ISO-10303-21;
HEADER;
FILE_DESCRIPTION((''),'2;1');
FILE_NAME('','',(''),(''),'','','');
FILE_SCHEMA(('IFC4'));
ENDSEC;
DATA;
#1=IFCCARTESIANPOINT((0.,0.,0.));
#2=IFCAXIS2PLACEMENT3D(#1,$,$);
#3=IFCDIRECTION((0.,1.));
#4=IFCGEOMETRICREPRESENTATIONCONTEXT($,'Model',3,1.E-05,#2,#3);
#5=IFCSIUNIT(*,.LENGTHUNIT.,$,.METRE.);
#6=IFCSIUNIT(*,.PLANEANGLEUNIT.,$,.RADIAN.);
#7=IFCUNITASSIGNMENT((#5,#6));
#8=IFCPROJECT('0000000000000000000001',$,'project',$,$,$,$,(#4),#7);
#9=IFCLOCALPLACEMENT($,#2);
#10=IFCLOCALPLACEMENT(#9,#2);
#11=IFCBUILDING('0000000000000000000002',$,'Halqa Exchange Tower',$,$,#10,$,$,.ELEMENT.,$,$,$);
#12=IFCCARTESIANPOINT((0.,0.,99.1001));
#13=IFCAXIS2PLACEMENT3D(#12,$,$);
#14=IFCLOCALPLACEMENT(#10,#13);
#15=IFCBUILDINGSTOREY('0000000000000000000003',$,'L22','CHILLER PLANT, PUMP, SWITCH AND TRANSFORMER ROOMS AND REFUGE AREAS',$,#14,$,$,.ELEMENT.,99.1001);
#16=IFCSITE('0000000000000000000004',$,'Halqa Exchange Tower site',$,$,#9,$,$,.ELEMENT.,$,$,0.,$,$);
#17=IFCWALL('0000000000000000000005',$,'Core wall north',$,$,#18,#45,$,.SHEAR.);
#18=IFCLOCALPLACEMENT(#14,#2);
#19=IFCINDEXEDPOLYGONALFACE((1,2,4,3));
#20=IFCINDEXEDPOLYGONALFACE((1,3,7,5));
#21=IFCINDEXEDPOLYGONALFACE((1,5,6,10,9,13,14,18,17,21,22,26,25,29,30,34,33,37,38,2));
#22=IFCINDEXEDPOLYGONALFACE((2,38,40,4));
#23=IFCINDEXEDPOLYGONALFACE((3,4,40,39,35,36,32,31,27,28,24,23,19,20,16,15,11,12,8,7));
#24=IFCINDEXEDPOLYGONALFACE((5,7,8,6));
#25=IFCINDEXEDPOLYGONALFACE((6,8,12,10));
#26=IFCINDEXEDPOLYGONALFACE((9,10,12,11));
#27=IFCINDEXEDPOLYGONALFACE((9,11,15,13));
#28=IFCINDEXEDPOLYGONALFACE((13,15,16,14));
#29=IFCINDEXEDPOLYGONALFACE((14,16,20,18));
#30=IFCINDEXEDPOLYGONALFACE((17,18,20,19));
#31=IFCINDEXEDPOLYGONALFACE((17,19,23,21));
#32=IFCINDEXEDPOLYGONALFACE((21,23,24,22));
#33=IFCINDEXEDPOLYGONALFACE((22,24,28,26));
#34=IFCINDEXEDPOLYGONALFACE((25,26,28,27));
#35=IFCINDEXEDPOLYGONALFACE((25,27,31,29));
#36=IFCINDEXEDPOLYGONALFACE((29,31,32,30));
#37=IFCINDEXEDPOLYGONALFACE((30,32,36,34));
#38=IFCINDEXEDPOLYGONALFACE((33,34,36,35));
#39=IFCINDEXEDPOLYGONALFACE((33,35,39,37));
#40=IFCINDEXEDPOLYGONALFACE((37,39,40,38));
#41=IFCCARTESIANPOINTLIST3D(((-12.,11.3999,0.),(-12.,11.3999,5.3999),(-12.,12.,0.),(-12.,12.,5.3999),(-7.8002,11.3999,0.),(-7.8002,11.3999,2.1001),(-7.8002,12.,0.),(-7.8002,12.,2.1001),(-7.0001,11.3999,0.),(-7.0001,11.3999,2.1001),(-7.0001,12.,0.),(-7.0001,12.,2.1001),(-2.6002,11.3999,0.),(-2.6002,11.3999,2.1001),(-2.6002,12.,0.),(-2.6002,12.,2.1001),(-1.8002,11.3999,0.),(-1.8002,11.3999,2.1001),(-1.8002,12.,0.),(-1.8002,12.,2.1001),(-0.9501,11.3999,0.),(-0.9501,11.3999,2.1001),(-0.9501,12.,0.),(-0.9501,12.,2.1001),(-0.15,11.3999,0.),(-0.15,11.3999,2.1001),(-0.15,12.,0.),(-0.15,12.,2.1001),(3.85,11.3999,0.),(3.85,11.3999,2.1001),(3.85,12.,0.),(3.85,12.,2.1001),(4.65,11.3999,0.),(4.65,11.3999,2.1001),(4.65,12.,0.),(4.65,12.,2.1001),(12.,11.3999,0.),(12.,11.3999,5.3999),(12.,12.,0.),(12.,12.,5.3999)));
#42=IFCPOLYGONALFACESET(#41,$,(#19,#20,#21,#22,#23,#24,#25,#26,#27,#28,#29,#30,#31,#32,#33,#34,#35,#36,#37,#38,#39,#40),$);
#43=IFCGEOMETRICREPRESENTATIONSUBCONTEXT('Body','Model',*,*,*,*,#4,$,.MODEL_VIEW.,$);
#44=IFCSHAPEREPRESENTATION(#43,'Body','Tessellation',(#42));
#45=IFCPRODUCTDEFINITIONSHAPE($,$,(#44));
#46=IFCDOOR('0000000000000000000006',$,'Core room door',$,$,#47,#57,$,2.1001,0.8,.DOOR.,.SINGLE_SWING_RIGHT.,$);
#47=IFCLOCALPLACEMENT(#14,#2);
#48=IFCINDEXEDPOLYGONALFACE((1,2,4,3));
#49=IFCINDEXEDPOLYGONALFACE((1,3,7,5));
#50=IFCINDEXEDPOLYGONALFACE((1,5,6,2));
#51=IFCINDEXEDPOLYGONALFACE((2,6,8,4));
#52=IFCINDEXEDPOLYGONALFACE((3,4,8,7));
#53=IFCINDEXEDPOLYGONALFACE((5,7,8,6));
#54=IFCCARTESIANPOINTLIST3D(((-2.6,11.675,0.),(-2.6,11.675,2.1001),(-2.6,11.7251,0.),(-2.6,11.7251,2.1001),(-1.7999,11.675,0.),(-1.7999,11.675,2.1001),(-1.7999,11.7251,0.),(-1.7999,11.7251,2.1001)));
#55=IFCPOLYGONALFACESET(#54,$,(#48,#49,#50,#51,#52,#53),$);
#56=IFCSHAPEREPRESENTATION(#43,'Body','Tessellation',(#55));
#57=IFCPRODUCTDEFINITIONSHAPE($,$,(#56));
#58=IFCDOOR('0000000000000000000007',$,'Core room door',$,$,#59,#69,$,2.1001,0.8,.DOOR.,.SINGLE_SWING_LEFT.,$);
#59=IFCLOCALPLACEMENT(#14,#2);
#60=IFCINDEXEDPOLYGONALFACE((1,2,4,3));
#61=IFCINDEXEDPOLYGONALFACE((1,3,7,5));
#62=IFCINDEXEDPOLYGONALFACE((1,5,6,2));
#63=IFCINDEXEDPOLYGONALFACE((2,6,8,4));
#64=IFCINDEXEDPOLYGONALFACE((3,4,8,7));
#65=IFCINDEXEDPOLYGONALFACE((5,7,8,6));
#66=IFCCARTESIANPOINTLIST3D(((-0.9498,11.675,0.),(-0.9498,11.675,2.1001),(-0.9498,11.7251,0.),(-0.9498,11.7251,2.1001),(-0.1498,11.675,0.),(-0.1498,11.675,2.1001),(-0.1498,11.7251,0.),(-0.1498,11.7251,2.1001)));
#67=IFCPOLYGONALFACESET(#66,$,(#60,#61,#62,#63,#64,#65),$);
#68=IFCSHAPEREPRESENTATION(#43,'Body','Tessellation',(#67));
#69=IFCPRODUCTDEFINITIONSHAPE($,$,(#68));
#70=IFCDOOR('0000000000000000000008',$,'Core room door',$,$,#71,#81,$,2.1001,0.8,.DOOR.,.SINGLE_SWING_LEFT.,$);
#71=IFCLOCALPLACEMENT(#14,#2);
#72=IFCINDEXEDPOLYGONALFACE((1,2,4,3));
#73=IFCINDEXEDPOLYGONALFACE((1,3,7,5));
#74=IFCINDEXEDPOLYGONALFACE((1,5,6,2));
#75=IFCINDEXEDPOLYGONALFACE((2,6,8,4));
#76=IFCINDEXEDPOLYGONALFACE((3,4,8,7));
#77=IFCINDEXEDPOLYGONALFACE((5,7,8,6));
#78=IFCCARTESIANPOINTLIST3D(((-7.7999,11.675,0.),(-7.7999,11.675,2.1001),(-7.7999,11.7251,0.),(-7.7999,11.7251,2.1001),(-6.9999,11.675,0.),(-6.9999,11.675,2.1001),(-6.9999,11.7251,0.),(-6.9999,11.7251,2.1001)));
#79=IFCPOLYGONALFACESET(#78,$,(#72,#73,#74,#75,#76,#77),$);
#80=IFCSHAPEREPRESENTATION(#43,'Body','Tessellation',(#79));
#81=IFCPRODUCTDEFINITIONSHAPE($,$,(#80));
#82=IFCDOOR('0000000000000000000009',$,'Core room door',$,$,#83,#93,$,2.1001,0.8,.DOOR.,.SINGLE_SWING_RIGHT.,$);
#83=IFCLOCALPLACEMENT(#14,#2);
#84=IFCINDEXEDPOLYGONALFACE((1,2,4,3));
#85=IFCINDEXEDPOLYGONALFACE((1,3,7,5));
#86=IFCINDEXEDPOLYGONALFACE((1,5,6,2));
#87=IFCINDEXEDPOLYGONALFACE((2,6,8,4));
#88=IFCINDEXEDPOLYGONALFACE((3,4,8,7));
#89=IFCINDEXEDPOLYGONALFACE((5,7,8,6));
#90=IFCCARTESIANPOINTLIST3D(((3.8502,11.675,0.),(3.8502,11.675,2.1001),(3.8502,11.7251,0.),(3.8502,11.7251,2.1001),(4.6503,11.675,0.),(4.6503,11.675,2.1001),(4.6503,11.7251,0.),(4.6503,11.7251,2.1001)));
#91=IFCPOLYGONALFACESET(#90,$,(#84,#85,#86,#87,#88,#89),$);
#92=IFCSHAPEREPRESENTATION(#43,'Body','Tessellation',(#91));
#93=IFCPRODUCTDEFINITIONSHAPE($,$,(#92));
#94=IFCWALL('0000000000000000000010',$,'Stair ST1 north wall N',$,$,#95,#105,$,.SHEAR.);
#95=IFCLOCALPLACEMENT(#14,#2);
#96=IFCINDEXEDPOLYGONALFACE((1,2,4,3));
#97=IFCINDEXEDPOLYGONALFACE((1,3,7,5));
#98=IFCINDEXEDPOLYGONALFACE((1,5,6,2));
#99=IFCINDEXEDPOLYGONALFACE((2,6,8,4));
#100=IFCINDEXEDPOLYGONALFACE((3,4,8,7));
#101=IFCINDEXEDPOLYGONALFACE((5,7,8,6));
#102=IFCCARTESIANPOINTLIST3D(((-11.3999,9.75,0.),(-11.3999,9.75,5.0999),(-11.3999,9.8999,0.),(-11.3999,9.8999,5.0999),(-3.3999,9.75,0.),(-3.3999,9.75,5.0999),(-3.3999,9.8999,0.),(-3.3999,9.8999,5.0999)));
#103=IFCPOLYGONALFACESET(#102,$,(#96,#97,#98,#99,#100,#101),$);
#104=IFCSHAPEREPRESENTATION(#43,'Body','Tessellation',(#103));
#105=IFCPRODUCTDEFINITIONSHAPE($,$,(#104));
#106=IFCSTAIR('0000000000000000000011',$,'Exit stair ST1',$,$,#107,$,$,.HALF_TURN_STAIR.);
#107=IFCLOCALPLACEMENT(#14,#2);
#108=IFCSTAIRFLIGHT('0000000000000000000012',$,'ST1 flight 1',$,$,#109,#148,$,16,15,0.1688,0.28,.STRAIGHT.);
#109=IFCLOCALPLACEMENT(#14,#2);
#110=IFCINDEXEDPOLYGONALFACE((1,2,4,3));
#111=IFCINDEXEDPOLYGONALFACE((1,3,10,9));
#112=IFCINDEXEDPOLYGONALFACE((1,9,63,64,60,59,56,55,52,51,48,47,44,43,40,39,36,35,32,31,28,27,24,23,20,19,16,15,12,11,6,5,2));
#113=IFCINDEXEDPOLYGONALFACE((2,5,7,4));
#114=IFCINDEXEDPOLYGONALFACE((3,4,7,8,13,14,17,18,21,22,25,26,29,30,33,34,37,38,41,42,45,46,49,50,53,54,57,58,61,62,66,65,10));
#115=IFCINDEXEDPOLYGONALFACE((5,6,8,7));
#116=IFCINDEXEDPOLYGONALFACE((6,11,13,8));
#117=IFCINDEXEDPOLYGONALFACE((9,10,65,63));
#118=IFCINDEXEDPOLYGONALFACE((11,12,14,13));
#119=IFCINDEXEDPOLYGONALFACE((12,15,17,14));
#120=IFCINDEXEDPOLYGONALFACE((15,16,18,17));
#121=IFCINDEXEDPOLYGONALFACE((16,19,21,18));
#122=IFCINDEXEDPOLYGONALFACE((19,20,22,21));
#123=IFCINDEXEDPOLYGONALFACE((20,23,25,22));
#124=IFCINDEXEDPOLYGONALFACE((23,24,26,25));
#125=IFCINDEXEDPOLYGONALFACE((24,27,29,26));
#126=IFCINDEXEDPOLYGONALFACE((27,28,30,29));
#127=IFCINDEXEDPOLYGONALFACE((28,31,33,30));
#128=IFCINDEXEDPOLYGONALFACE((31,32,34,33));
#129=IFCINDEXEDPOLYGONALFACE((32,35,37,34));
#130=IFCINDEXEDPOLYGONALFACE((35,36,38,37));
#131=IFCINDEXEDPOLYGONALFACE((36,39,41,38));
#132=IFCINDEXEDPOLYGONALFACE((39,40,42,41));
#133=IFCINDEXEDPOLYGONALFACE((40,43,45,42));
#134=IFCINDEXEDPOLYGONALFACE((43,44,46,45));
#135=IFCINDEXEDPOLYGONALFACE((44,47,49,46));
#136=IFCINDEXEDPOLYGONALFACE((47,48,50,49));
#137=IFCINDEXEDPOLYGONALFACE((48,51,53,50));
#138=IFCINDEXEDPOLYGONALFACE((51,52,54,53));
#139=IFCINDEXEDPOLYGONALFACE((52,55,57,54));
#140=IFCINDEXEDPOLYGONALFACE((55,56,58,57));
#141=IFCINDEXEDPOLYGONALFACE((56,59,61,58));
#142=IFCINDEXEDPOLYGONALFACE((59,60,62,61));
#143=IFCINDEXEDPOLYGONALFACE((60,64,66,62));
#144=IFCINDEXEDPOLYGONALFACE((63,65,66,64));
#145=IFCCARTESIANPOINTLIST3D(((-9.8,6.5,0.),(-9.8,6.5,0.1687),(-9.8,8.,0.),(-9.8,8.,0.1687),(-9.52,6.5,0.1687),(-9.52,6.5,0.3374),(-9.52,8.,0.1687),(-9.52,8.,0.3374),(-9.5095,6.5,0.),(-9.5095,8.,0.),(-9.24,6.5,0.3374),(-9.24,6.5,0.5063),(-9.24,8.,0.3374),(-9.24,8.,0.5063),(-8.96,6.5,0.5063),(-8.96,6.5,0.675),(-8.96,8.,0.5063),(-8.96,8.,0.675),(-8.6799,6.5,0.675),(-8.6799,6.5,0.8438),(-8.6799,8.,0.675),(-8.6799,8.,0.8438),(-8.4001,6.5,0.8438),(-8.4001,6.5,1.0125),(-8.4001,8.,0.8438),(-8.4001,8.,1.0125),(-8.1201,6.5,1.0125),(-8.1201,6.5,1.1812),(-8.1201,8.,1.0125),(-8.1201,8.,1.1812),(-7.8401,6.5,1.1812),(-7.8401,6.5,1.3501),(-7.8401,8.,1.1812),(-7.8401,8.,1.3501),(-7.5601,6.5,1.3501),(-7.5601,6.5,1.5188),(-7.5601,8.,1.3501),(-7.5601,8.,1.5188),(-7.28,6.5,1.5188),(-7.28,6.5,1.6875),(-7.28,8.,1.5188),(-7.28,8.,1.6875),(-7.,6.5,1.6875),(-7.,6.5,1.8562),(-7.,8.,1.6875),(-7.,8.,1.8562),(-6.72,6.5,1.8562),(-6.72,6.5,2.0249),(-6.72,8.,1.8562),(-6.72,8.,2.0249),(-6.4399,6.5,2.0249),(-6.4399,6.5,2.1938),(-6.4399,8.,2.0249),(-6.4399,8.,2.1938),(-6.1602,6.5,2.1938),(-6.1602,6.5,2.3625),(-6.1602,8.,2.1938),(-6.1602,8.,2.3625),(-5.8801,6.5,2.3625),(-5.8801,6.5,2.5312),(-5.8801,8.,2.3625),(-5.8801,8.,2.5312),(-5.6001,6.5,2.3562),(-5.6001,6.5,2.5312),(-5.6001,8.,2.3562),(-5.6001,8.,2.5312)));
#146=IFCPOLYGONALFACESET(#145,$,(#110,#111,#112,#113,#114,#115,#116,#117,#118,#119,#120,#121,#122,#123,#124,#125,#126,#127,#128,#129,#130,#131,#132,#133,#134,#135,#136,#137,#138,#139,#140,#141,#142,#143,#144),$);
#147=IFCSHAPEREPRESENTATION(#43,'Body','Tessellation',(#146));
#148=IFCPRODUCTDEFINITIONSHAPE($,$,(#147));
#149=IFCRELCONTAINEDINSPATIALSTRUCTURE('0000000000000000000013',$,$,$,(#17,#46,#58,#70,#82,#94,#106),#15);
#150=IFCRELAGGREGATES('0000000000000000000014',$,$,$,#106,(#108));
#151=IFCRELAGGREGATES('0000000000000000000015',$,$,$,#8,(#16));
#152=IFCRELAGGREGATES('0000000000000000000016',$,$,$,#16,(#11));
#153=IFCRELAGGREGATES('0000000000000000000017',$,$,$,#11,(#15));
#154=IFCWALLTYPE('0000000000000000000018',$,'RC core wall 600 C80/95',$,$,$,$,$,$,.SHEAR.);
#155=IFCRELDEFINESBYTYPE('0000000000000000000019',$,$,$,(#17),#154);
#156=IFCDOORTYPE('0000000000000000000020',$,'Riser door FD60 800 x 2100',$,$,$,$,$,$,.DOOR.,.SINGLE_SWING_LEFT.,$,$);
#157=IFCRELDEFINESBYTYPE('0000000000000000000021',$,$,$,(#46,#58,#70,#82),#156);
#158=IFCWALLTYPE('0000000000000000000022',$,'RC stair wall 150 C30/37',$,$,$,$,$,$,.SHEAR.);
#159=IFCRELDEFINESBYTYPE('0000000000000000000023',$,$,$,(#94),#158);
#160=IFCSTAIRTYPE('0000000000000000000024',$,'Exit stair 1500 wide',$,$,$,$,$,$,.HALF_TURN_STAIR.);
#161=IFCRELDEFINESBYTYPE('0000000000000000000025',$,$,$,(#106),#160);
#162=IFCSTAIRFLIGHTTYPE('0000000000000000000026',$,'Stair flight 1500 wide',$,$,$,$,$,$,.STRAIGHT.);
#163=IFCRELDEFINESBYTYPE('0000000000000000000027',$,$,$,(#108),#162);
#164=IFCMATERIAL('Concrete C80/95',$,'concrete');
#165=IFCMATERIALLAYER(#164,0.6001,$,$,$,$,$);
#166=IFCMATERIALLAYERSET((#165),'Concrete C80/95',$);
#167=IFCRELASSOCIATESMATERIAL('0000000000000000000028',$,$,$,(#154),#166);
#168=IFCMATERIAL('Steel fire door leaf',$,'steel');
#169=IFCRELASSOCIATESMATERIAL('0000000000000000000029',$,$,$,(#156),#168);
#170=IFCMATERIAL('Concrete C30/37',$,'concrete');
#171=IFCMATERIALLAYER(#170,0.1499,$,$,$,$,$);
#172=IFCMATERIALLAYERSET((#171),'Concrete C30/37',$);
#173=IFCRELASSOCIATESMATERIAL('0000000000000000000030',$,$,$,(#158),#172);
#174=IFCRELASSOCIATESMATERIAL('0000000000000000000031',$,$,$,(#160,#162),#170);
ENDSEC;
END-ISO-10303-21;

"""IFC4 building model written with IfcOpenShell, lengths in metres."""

from ifc_helpers import new_model, si_unit, direction, frame, frame_2d, origin, place, context, subcontext, project, spatial, polyline, rectangle, outline, extrude, material, layer, layer_set, type_object, element, fill, aggregate, save


model = new_model("IFC4")

# Units and contexts
model_context = context("Model", 3, precision=1e-05, world=origin(), true_north=direction((0.0, 1.0)))
body_context = subcontext(model_context, "Body", "Model", "MODEL_VIEW")
ifc_project = project(units=[si_unit("LENGTHUNIT", "METRE"), si_unit("PLANEANGLEUNIT", "RADIAN")], contexts=[model_context])

# Site, building, storey
site_placement = place(None, origin())
site = spatial("IfcSite", under=ifc_project, at=site_placement, Name="Halqa Exchange Tower site", CompositionType="ELEMENT", RefElevation=0.0)
building_placement = place(site_placement, origin())
building = spatial("IfcBuilding", under=site, at=building_placement, Name="Halqa Exchange Tower", CompositionType="ELEMENT")
storey_placement = place(building_placement, frame((0.0, 0.0, 99.1001)))
storey = spatial("IfcBuildingStorey", under=building, at=storey_placement, Name="L22", Description="CHILLER PLANT, PUMP, SWITCH AND TRANSFORMER ROOMS AND REFUGE AREAS", CompositionType="ELEMENT", Elevation=99.1001)

# Shared definitions
ifc_material_1 = material(Name="Steel fire door leaf", Category="steel")

# Shared definitions
ifc_material_2 = material(Name="Concrete C80/95", Category="concrete")

# Wall, openings, doors
ifc_layer_1 = layer(ifc_material_2, 0.6001)
ifc_layer_set_1 = layer_set([ifc_layer_1], Name="Concrete C80/95")
wall_type_1 = type_object("IfcWallType", Name="RC core wall 600 C80/95", PredefinedType="SHEAR", material=ifc_layer_set_1)
wall_1_placement = place(storey_placement, frame((-12.0, 11.7, 0.0), z_axis=(0.0, 0.0, 1.0), x_axis=(1.0, 0.0, 0.0)))
wall_1 = element("IfcWall", 1, at=wall_1_placement, inside=storey, type_object=wall_type_1, Name="Core wall north", PredefinedType="SHEAR", context=body_context, shape_type="SweptSolid", body=[
    extrude(rectangle(XDim=24.0, YDim=0.6001, at=frame_2d((12.0, 0.0))), origin(), (0.0, 0.0, 1.0), 5.3999),
])
opening_1_placement = place(wall_1_placement, frame((9.3999, 0.0, 0.0)))
opening_1 = element("IfcOpeningElement", 2, at=opening_1_placement, cuts=wall_1, PredefinedType="OPENING", context=body_context, shape_type="SweptSolid", body=[
    extrude(rectangle(XDim=0.8, YDim=2.1001, at=frame_2d((0.3999, 1.05))), frame((0.0, 0.312, 0.0), z_axis=(0.0, -1.0, 0.0), x_axis=(1.0, 0.0, 0.0)), (0.0, 0.0, 1.0), 0.624),
])
opening_2_placement = place(wall_1_placement, frame((11.05, 0.0, 0.0)))
opening_2 = element("IfcOpeningElement", 3, at=opening_2_placement, cuts=wall_1, PredefinedType="OPENING", context=body_context, shape_type="SweptSolid", body=[
    extrude(rectangle(XDim=0.8, YDim=2.1001, at=frame_2d((0.3999, 1.05))), frame((0.0, 0.312, 0.0), z_axis=(0.0, -1.0, 0.0), x_axis=(1.0, 0.0, 0.0)), (0.0, 0.0, 1.0), 0.624),
])
opening_3_placement = place(wall_1_placement, frame((4.2, 0.0, 0.0)))
opening_3 = element("IfcOpeningElement", 4, at=opening_3_placement, cuts=wall_1, PredefinedType="OPENING", context=body_context, shape_type="SweptSolid", body=[
    extrude(rectangle(XDim=0.8, YDim=2.1001, at=frame_2d((0.3999, 1.05))), frame((0.0, 0.312, 0.0), z_axis=(0.0, -1.0, 0.0), x_axis=(1.0, 0.0, 0.0)), (0.0, 0.0, 1.0), 0.624),
])
opening_4_placement = place(wall_1_placement, frame((15.8501, 0.0, 0.0)))
opening_4 = element("IfcOpeningElement", 5, at=opening_4_placement, cuts=wall_1, PredefinedType="OPENING", context=body_context, shape_type="SweptSolid", body=[
    extrude(rectangle(XDim=0.8, YDim=2.1001, at=frame_2d((0.3999, 1.05))), frame((0.0, 0.312, 0.0), z_axis=(0.0, -1.0, 0.0), x_axis=(1.0, 0.0, 0.0)), (0.0, 0.0, 1.0), 0.624),
])
door_type_1 = type_object("IfcDoorType", Name="Riser door FD60 800 x 2100", OperationType="SINGLE_SWING_LEFT", PredefinedType="DOOR", material=ifc_material_1)
door_1_placement = place(opening_1_placement, frame((0.8, 0.0, 0.0), z_axis=(0.0, 0.0, 1.0), x_axis=(-1.0, 0.0, 0.0)))
door_1 = element("IfcDoor", 6, at=door_1_placement, inside=storey, type_object=door_type_1, Name="Core room door", OperationType="SINGLE_SWING_RIGHT", OverallHeight=2.1001, OverallWidth=0.8, PredefinedType="DOOR", context=body_context, shape_type="SweptSolid", body=[
    extrude(rectangle(XDim=0.8, YDim=2.1001, at=frame_2d((0.3999, 1.05))), frame((0.0, 0.0249, 0.0), z_axis=(0.0, -1.0, 0.0), x_axis=(1.0, 0.0, 0.0)), (0.0, 0.0, 1.0), 0.05),
])
fill(opening_1, door_1)
door_2_placement = place(opening_2_placement, frame((0.8, 0.0, 0.0), z_axis=(0.0, 0.0, 1.0), x_axis=(-1.0, 0.0, 0.0)))
door_2 = element("IfcDoor", 7, at=door_2_placement, inside=storey, type_object=door_type_1, Name="Core room door", OperationType="SINGLE_SWING_LEFT", OverallHeight=2.1001, OverallWidth=0.8, PredefinedType="DOOR", context=body_context, shape_type="SweptSolid", body=[
    extrude(rectangle(XDim=0.8, YDim=2.1001, at=frame_2d((0.3999, 1.05))), frame((0.0, 0.0249, 0.0), z_axis=(0.0, -1.0, 0.0), x_axis=(1.0, 0.0, 0.0)), (0.0, 0.0, 1.0), 0.05),
])
fill(opening_2, door_2)
door_3_placement = place(opening_3_placement, frame((0.8, 0.0, 0.0), z_axis=(0.0, 0.0, 1.0), x_axis=(-1.0, 0.0, 0.0)))
door_3 = element("IfcDoor", 8, at=door_3_placement, inside=storey, type_object=door_type_1, Name="Core room door", OperationType="SINGLE_SWING_LEFT", OverallHeight=2.1001, OverallWidth=0.8, PredefinedType="DOOR", context=body_context, shape_type="SweptSolid", body=[
    extrude(rectangle(XDim=0.8, YDim=2.1001, at=frame_2d((0.3999, 1.05))), frame((0.0, 0.0249, 0.0), z_axis=(0.0, -1.0, 0.0), x_axis=(1.0, 0.0, 0.0)), (0.0, 0.0, 1.0), 0.05),
])
fill(opening_3, door_3)
door_4_placement = place(opening_4_placement, frame((0.8, 0.0, 0.0), z_axis=(0.0, 0.0, 1.0), x_axis=(-1.0, 0.0, 0.0)))
door_4 = element("IfcDoor", 9, at=door_4_placement, inside=storey, type_object=door_type_1, Name="Core room door", OperationType="SINGLE_SWING_RIGHT", OverallHeight=2.1001, OverallWidth=0.8, PredefinedType="DOOR", context=body_context, shape_type="SweptSolid", body=[
    extrude(rectangle(XDim=0.8, YDim=2.1001, at=frame_2d((0.3999, 1.05))), frame((0.0, 0.0249, 0.0), z_axis=(0.0, -1.0, 0.0), x_axis=(1.0, 0.0, 0.0)), (0.0, 0.0, 1.0), 0.05),
])
fill(opening_4, door_4)

# Wall
ifc_material_3 = material(Name="Concrete C30/37", Category="concrete")
ifc_layer_2 = layer(ifc_material_3, 0.1499)
ifc_layer_set_2 = layer_set([ifc_layer_2], Name="Concrete C30/37")
wall_type_2 = type_object("IfcWallType", Name="RC stair wall 150 C30/37", PredefinedType="SHEAR", material=ifc_layer_set_2)
wall_2_placement = place(storey_placement, frame((-11.3999, 9.825, 0.0), z_axis=(0.0, 0.0, 1.0), x_axis=(1.0, 0.0, 0.0)))
element("IfcWall", 10, at=wall_2_placement, inside=storey, type_object=wall_type_2, Name="Stair ST1 north wall N", PredefinedType="SHEAR", context=body_context, shape_type="SweptSolid", body=[
    extrude(rectangle(XDim=8.0, YDim=0.1499, at=frame_2d((4.0, 0.0))), origin(), (0.0, 0.0, 1.0), 5.0999),
])

# Stair, stair flight
stair_type = type_object("IfcStairType", Name="Exit stair 1500 wide", PredefinedType="HALF_TURN_STAIR", material=ifc_material_3)
stair_placement = place(storey_placement, origin())
stair = element("IfcStair", 11, at=stair_placement, inside=storey, type_object=stair_type, Name="Exit stair ST1", PredefinedType="HALF_TURN_STAIR")
stair_flight_type = type_object("IfcStairFlightType", Name="Stair flight 1500 wide", PredefinedType="STRAIGHT", material=ifc_material_3)
stair_flight_placement = place(storey_placement, frame((-9.8, 7.25, 0.0), z_axis=(0.0, 0.0, 1.0), x_axis=(1.0, 0.0, 0.0)))
stair_flight = element("IfcStairFlight", 12, at=stair_flight_placement, type_object=stair_flight_type, Name="ST1 flight 1", NumberOfRisers=16, NumberOfTreads=15, PredefinedType="STRAIGHT", RiserHeight=0.1688, TreadLength=0.28, context=body_context, shape_type="SweptSolid", body=[
    extrude(outline(polyline([(0.0, 0.0), (0.0, 0.1687), (0.28, 0.1687), (0.28, 0.3374), (0.5601, 0.3374), (0.5601, 0.5063), (0.8401, 0.5063), (0.8401, 0.675), (1.1201, 0.675), (1.1201, 0.8438), (1.3999, 0.8438), (1.3999, 1.0125), (1.6799, 1.0125), (1.6799, 1.1812), (1.96, 1.1812), (1.96, 1.3501), (2.24, 1.3501), (2.24, 1.5188), (2.52, 1.5188), (2.52, 1.6875), (2.8, 1.6875), (2.8, 1.8562), (3.0801, 1.8562), (3.0801, 2.0249), (3.3601, 2.0249), (3.3601, 2.1938), (3.6399, 2.1938), (3.6399, 2.3625), (3.9199, 2.3625), (3.9199, 2.5312), (4.2, 2.5312), (4.2, 2.7), (4.2, 2.3562), (0.2905, 0.0), (0.0, 0.0)])), frame((0.0, 0.75, 0.0), z_axis=(0.0, -1.0, 0.0), x_axis=(1.0, 0.0, 0.0)), (0.0, 0.0, 1.0), 1.5),
])
aggregate(stair, [stair_flight])

save(model, "model.ifc")
